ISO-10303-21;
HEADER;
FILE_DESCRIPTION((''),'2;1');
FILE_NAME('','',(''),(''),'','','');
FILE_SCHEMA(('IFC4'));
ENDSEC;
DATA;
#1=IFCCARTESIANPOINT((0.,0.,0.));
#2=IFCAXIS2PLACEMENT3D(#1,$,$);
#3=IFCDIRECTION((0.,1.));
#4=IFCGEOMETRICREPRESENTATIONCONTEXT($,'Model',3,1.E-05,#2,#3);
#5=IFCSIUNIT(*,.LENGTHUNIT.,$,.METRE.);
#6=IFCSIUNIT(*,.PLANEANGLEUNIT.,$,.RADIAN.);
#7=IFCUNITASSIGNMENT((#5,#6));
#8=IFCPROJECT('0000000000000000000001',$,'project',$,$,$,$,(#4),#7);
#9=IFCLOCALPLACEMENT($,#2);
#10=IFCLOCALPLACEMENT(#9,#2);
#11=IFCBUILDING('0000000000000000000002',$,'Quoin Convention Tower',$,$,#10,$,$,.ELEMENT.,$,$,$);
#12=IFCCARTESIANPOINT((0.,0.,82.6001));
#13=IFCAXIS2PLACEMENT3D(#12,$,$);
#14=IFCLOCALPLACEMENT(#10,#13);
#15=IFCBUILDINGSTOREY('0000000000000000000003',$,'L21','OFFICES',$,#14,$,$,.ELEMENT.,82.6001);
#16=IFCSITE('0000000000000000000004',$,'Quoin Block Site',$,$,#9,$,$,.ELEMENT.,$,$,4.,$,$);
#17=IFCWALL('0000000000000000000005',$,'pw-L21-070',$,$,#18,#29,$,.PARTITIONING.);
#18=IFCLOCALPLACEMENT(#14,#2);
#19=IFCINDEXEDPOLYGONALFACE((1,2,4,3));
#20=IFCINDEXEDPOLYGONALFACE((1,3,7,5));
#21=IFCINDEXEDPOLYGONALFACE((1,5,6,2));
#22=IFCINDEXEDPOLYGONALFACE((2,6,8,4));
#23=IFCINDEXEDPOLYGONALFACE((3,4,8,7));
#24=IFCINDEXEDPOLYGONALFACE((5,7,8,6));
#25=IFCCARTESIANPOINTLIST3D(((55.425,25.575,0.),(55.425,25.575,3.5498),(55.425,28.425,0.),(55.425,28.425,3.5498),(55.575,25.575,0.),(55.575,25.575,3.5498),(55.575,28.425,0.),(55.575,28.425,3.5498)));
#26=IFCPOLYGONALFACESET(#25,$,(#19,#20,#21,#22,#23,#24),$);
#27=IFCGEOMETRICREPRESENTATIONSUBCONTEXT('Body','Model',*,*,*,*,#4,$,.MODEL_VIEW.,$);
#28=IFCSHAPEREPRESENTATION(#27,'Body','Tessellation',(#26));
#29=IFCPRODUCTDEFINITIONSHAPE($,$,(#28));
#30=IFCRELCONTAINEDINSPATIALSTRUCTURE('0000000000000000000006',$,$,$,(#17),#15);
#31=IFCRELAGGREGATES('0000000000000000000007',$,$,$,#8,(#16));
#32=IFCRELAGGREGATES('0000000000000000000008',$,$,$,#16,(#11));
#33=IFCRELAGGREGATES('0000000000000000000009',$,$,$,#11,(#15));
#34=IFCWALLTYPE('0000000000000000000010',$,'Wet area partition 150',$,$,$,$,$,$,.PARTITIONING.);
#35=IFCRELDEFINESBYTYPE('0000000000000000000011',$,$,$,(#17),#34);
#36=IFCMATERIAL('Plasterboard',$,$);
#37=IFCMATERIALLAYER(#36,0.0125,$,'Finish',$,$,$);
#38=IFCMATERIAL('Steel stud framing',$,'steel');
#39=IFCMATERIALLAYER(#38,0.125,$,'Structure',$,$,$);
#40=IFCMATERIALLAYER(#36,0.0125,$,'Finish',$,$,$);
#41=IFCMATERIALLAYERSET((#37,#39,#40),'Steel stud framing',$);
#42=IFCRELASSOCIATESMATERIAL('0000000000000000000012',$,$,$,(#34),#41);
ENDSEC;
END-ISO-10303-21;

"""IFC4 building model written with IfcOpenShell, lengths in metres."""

from ifc_helpers import new_model, si_unit, direction, frame, frame_2d, origin, place, context, subcontext, project, spatial, rectangle, extrude, material, layer, layer_set, type_object, element, save


model = new_model("IFC4")

# Units and contexts
model_context = context("Model", 3, precision=1e-05, world=origin(), true_north=direction((0.0, 1.0)))
body_context = subcontext(model_context, "Body", "Model", "MODEL_VIEW")
ifc_project = project(units=[si_unit("LENGTHUNIT", "METRE"), si_unit("PLANEANGLEUNIT", "RADIAN")], contexts=[model_context])

# Site, building, storey
site_placement = place(None, origin())
site = spatial("IfcSite", under=ifc_project, at=site_placement, Name="Quoin Block Site", CompositionType="ELEMENT", RefElevation=4.0)
building_placement = place(site_placement, origin())
building = spatial("IfcBuilding", under=site, at=building_placement, Name="Quoin Convention Tower", CompositionType="ELEMENT")
storey_placement = place(building_placement, frame((0.0, 0.0, 82.6001)))
storey = spatial("IfcBuildingStorey", under=building, at=storey_placement, Name="L21", Description="OFFICES", CompositionType="ELEMENT", Elevation=82.6001)

# Shared definitions
ifc_material_1 = material(Name="Plasterboard")
ifc_material_2 = material(Name="Steel stud framing", Category="steel")

# Shared definitions
ifc_layer_1 = layer(ifc_material_1, 0.0125, Name="Finish")
ifc_layer_2 = layer(ifc_material_2, 0.125, Name="Structure")
ifc_layer_3 = layer(ifc_material_1, 0.0125, Name="Finish")
ifc_layer_set_1 = layer_set([ifc_layer_1, ifc_layer_2, ifc_layer_3], Name="Steel stud framing")
wall_type_1 = type_object("IfcWallType", Name="Wet area partition 150", PredefinedType="PARTITIONING", material=ifc_layer_set_1)

# Wall
wall_1_placement = place(storey_placement, frame((55.5, 25.575, 0.0), z_axis=(0.0, 0.0, 1.0), x_axis=(0.0, 1.0, 0.0)))
element("IfcWall", 1, at=wall_1_placement, inside=storey, type_object=wall_type_1, Name="pw-L21-070", PredefinedType="PARTITIONING", context=body_context, shape_type="SweptSolid", body=[
    extrude(rectangle(XDim=2.8501, YDim=0.1499, at=frame_2d((1.425, 0.0))), origin(), (0.0, 0.0, 1.0), 3.5498),
])

save(model, "model.ifc")
